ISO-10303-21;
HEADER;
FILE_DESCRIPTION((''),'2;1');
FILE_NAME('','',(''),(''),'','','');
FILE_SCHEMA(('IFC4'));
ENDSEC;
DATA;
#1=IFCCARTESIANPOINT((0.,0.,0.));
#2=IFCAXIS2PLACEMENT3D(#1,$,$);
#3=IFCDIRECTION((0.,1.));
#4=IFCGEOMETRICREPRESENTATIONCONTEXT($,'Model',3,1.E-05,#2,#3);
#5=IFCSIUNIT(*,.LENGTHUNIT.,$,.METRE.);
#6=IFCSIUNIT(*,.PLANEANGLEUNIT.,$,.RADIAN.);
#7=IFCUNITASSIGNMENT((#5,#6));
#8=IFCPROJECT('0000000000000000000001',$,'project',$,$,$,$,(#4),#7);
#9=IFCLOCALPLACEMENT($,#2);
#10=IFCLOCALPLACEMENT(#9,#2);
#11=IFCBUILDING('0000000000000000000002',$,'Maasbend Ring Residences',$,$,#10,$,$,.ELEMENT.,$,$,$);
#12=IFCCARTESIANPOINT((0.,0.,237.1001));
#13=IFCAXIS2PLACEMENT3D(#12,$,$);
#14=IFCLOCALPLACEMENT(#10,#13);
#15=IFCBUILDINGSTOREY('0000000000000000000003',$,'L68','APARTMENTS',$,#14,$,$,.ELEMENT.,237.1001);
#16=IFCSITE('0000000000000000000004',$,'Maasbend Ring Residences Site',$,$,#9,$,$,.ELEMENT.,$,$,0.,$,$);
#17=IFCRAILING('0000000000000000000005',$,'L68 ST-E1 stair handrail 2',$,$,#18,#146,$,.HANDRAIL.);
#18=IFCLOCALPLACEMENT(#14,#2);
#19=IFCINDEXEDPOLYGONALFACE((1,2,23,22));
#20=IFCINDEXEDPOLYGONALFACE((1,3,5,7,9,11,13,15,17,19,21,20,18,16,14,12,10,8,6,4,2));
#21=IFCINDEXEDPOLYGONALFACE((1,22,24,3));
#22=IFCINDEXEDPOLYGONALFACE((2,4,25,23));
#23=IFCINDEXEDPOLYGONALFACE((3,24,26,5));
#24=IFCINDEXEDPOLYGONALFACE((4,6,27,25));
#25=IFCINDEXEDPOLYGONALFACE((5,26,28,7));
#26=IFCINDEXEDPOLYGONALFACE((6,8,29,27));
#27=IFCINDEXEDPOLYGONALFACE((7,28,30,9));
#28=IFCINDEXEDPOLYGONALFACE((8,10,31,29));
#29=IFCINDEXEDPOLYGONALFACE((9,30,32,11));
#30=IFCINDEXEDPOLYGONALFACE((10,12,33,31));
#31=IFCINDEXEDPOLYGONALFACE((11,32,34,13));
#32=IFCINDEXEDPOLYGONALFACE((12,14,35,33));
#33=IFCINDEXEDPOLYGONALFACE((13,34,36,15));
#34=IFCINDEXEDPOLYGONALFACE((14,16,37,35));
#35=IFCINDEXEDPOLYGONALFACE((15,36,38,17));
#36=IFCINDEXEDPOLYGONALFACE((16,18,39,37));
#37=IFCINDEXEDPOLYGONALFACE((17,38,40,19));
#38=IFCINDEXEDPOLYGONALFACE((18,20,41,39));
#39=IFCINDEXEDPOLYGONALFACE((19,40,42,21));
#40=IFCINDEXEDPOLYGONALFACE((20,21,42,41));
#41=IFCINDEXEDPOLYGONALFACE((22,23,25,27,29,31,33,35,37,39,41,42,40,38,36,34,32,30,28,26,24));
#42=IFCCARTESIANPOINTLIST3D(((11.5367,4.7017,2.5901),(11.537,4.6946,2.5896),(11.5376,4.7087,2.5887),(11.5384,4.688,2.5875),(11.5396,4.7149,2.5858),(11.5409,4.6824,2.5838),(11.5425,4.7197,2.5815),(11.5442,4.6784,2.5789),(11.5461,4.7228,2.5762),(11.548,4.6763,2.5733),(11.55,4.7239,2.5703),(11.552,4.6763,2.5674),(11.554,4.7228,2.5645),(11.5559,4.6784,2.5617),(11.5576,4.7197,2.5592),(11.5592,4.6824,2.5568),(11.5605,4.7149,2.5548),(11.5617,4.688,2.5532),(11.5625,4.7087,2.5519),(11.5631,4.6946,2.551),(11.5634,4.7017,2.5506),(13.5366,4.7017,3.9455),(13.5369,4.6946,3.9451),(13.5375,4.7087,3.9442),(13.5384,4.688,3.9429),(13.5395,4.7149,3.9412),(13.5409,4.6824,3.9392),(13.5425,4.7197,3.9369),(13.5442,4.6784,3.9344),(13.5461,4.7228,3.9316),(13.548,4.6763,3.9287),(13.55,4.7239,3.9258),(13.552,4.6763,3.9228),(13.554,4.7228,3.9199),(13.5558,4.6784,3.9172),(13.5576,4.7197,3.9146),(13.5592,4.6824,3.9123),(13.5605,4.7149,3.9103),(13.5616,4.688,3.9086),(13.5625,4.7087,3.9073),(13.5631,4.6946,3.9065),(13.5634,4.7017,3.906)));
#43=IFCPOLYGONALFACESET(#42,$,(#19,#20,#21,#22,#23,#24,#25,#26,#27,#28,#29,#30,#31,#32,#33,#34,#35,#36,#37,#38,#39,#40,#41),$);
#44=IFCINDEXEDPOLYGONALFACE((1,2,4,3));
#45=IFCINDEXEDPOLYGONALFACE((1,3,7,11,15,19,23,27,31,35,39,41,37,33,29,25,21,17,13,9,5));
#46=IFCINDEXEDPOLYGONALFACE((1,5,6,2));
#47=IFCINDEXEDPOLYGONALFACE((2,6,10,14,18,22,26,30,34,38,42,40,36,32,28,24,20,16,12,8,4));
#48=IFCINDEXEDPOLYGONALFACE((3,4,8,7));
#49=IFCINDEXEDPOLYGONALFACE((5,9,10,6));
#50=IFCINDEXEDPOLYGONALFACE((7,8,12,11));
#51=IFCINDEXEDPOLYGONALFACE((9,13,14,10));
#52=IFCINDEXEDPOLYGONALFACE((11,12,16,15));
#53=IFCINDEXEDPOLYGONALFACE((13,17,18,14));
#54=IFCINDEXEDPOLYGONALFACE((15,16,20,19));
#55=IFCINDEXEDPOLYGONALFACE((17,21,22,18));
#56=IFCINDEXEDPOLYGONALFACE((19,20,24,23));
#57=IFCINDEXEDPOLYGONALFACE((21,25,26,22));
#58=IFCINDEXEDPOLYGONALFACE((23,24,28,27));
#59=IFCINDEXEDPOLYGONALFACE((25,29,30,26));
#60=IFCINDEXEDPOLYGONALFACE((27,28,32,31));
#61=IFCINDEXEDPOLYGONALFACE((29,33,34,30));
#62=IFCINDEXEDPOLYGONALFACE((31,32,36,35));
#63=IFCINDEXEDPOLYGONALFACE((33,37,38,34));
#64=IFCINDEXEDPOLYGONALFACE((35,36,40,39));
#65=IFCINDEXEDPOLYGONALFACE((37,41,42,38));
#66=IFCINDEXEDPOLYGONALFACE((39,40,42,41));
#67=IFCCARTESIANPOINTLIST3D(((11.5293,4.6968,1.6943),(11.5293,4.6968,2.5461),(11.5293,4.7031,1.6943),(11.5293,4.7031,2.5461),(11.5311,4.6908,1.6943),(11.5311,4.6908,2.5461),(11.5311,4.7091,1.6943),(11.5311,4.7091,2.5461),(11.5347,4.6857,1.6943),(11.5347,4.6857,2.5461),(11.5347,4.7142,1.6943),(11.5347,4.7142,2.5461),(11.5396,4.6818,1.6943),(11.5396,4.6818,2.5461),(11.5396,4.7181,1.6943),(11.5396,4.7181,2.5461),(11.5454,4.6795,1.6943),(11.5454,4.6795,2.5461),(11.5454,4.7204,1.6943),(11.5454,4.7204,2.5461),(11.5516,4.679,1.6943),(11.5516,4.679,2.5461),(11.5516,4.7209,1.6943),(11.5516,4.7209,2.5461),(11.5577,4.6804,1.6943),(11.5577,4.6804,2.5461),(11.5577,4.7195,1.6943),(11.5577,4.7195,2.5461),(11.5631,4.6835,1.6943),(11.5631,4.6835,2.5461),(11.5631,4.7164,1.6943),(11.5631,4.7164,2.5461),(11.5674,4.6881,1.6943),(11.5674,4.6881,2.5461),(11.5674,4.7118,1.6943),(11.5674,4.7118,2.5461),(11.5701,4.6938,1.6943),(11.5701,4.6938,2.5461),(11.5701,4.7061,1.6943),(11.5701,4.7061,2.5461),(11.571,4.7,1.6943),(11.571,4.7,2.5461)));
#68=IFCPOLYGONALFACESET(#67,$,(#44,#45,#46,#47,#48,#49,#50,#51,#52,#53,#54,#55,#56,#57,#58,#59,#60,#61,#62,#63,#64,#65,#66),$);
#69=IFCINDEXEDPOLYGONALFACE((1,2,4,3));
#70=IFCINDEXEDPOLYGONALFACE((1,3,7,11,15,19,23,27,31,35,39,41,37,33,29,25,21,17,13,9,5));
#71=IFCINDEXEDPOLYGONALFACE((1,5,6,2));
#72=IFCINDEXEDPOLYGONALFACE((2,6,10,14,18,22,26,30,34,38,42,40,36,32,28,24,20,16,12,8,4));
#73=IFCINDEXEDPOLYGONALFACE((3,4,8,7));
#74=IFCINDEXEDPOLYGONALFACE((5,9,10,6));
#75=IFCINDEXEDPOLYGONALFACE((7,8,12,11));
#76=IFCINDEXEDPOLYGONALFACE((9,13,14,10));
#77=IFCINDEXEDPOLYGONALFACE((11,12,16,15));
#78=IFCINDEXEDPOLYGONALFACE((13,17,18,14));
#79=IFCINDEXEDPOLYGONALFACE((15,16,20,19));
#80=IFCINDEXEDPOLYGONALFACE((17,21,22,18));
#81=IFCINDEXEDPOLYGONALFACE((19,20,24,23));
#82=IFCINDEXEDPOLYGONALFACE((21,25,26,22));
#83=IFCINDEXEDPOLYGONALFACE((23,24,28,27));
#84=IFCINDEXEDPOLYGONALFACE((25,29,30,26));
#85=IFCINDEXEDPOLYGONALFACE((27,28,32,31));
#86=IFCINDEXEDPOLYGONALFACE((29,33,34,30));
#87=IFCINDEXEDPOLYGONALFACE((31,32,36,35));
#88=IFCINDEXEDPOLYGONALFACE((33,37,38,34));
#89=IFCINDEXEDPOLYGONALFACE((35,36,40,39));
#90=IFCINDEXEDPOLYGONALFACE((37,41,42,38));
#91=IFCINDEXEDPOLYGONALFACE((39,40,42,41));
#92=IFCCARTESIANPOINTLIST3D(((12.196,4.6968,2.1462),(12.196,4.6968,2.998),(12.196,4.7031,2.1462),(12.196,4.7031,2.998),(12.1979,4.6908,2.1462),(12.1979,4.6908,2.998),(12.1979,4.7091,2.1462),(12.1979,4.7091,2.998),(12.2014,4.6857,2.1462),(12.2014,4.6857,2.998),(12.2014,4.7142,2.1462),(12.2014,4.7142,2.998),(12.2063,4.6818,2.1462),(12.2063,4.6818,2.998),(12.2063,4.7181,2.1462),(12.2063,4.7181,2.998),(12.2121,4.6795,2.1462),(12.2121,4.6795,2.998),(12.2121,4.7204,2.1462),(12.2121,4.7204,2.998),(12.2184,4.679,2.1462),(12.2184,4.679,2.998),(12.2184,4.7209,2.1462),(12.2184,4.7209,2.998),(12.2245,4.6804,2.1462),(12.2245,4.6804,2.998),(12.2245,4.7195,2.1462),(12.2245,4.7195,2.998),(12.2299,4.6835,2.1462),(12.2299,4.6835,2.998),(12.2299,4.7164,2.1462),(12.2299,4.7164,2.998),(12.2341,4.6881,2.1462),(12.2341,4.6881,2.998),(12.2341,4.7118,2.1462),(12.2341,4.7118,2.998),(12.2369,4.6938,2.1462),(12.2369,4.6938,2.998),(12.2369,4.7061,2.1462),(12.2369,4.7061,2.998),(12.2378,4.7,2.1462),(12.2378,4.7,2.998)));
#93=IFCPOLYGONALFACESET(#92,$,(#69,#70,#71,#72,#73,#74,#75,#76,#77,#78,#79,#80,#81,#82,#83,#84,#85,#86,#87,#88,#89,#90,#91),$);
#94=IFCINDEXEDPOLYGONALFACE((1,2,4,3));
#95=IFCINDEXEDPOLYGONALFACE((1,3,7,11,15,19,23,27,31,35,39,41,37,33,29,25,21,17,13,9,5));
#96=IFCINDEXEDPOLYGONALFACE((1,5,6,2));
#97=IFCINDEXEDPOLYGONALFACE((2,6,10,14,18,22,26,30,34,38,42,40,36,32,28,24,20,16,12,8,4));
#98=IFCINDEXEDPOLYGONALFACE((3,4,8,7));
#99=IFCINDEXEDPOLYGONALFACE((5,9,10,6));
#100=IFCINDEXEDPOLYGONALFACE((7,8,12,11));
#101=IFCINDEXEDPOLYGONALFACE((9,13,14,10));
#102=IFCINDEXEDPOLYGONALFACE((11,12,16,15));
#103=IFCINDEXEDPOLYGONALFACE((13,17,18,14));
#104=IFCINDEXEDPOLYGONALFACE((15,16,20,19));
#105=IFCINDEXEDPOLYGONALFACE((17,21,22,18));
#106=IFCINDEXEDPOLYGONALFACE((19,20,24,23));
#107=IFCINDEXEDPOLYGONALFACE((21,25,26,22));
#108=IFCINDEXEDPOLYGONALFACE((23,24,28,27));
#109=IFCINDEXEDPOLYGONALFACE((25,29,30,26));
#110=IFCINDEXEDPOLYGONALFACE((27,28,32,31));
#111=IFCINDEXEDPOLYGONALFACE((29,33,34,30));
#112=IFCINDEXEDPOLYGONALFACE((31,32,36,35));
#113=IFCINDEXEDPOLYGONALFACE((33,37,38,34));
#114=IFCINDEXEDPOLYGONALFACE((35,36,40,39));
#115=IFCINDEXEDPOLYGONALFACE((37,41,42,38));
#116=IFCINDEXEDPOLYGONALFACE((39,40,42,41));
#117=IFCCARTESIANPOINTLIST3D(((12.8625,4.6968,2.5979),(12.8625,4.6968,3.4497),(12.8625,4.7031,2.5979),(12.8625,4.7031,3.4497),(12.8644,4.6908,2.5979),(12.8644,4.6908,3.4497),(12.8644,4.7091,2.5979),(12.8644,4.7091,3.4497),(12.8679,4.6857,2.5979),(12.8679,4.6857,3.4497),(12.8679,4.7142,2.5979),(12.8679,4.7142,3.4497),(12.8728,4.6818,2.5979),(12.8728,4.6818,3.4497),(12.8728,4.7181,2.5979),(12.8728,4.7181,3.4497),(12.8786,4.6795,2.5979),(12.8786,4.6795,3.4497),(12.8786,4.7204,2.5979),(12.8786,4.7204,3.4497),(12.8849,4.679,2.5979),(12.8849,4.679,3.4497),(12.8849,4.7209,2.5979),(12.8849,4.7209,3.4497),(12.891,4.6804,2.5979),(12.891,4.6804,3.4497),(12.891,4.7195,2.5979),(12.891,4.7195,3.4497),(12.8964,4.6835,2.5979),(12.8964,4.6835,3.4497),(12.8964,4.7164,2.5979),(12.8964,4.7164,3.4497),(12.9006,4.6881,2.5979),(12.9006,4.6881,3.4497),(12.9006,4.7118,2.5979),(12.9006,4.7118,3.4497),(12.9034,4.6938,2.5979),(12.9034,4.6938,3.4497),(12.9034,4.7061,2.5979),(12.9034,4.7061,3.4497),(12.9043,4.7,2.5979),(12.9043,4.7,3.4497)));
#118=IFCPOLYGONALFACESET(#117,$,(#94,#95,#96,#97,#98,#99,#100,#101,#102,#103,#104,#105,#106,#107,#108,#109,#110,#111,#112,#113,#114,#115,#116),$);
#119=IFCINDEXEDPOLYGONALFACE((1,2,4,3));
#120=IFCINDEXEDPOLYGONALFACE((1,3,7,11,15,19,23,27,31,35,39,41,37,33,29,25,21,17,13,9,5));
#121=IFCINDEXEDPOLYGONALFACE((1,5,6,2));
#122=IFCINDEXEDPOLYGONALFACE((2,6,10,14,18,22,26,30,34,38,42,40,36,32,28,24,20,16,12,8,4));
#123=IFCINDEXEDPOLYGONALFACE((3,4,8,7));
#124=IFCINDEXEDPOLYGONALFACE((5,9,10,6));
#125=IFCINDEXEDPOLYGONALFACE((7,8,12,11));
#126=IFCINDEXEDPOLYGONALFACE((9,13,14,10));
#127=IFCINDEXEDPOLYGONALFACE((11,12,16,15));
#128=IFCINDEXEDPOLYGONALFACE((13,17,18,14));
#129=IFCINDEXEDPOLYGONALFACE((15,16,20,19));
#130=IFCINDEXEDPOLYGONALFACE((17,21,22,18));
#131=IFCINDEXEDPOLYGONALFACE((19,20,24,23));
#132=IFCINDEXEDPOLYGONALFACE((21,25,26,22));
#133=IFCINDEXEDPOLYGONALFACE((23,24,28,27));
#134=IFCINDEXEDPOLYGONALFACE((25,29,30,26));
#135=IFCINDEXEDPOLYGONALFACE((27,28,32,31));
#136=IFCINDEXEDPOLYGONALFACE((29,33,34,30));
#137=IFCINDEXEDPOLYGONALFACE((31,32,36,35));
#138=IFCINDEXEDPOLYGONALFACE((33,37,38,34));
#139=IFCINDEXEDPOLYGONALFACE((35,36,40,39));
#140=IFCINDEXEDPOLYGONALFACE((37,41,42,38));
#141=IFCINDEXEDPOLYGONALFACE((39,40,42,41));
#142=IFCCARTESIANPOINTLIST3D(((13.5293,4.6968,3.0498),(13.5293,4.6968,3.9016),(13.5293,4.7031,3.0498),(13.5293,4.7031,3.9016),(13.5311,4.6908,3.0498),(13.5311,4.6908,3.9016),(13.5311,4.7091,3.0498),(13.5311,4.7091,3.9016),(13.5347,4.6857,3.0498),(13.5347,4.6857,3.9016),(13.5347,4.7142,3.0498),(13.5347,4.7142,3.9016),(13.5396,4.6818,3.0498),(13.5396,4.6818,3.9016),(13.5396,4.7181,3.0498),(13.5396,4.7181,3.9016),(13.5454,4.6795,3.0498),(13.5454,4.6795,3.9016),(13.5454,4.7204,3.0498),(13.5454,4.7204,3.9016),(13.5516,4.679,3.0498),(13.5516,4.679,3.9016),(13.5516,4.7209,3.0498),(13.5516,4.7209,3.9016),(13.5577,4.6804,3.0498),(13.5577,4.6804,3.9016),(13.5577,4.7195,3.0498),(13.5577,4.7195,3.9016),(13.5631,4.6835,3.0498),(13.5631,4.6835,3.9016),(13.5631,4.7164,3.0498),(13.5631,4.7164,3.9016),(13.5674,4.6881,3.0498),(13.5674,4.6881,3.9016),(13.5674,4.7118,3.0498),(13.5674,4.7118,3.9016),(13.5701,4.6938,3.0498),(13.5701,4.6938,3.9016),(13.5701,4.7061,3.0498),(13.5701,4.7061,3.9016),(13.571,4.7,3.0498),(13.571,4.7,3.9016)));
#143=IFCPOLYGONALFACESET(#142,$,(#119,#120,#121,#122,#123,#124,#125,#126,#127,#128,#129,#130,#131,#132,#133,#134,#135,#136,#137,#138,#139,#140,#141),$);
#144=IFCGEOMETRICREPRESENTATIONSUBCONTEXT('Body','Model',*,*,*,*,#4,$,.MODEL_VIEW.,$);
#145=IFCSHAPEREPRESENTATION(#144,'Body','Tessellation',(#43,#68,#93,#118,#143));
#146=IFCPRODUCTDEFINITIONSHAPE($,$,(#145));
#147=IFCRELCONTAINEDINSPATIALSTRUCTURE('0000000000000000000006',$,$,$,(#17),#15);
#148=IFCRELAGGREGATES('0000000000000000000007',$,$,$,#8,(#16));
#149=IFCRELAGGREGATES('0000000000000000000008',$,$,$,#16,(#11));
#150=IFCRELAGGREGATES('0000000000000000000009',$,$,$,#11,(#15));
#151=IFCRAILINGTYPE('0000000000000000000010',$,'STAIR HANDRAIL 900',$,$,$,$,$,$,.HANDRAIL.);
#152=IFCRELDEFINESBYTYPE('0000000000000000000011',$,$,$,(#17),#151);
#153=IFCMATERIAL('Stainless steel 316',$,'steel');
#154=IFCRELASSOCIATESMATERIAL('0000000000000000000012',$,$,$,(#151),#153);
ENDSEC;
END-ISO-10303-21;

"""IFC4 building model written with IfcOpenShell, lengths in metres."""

from ifc_helpers import new_model, si_unit, direction, frame, origin, origin_2d, place, context, subcontext, project, spatial, circle, extrude, material, type_object, element, save


model = new_model("IFC4")

# Units and contexts
model_context = context("Model", 3, precision=1e-05, world=origin(), true_north=direction((0.0, 1.0)))
body_context = subcontext(model_context, "Body", "Model", "MODEL_VIEW")
ifc_project = project(units=[si_unit("LENGTHUNIT", "METRE"), si_unit("PLANEANGLEUNIT", "RADIAN")], contexts=[model_context])

# Site, building, storey
site_placement = place(None, origin())
site = spatial("IfcSite", under=ifc_project, at=site_placement, Name="Maasbend Ring Residences Site", CompositionType="ELEMENT", RefElevation=0.0)
building_placement = place(site_placement, origin())
building = spatial("IfcBuilding", under=site, at=building_placement, Name="Maasbend Ring Residences", CompositionType="ELEMENT")
storey_placement = place(building_placement, frame((0.0, 0.0, 237.1001)))
storey = spatial("IfcBuildingStorey", under=building, at=storey_placement, Name="L68", Description="APARTMENTS", CompositionType="ELEMENT", Elevation=237.1001)

# Railing
ifc_material_1 = material(Name="Stainless steel 316", Category="steel")
railing_type_1 = type_object("IfcRailingType", Name="STAIR HANDRAIL 900", PredefinedType="HANDRAIL", material=ifc_material_1)
railing_1_placement = place(storey_placement, frame((11.55, 4.7, 1.6943)))
element("IfcRailing", 1, at=railing_1_placement, inside=storey, type_object=railing_type_1, Name="L68 ST-E1 stair handrail 2", PredefinedType="HANDRAIL", context=body_context, shape_type="SweptSolid", body=[
    extrude(circle(Radius=0.0239, at=origin_2d()), frame((0.0, 0.0, 0.876), z_axis=(0.827798, 0.0, 0.561027), x_axis=(0.0, 1.0, 0.0)), (0.0, 0.0, 1.0), 2.416),
    extrude(circle(Radius=0.021, at=origin_2d()), origin(), (0.0, 0.0, 1.0), 0.8518),
    extrude(circle(Radius=0.021, at=origin_2d()), frame((0.6667, 0.0, 0.4519)), (0.0, 0.0, 1.0), 0.8518),
    extrude(circle(Radius=0.021, at=origin_2d()), frame((1.3333, 0.0, 0.9036)), (0.0, 0.0, 1.0), 0.8518),
    extrude(circle(Radius=0.021, at=origin_2d()), frame((2.0, 0.0, 1.3555)), (0.0, 0.0, 1.0), 0.8518),
])

save(model, "model.ifc")
